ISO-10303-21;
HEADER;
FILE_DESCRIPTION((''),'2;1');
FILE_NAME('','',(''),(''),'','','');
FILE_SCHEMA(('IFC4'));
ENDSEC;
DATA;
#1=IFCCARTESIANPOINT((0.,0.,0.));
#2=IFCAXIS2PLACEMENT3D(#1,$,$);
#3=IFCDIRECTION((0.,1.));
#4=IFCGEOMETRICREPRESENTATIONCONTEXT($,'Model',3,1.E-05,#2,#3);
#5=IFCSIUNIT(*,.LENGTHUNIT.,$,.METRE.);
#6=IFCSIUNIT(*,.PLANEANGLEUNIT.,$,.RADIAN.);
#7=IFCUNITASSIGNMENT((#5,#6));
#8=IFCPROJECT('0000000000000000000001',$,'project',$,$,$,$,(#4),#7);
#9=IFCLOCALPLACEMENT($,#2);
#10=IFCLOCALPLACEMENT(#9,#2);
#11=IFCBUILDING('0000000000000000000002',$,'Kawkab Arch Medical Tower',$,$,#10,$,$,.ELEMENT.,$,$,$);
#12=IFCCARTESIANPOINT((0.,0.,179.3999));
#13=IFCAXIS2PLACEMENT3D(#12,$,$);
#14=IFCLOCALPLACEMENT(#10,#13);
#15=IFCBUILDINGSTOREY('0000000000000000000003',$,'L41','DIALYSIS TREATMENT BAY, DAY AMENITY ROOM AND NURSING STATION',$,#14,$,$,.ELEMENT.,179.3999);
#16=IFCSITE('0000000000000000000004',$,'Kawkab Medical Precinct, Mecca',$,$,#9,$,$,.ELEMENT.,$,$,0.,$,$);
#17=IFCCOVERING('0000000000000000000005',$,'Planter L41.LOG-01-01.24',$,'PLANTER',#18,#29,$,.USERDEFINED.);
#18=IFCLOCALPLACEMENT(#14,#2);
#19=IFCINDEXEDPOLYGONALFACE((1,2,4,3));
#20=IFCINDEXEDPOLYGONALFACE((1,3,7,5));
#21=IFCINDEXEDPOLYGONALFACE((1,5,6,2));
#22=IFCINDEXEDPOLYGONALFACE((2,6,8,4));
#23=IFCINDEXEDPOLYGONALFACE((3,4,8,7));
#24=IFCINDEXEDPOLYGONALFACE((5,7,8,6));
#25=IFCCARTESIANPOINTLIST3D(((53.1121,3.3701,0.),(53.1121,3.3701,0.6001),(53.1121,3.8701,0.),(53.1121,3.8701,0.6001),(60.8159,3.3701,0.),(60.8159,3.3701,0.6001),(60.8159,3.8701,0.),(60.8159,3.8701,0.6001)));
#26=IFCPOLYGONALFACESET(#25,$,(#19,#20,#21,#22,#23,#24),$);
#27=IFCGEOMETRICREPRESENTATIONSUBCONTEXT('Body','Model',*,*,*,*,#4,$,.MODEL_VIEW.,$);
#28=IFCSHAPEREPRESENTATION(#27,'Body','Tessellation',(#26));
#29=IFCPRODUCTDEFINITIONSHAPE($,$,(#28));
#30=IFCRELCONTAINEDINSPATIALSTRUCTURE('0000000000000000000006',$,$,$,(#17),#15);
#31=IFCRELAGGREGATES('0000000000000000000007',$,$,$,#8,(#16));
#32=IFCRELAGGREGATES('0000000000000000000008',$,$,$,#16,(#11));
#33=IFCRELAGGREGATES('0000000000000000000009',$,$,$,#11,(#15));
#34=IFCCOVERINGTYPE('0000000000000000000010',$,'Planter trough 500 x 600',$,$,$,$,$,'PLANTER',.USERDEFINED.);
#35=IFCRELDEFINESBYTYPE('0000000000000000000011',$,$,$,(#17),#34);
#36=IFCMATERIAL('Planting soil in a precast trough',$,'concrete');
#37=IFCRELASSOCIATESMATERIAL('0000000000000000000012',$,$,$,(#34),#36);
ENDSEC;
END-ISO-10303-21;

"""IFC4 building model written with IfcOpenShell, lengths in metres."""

from ifc_helpers import new_model, si_unit, direction, frame, origin, origin_2d, place, context, subcontext, project, spatial, rectangle, extrude, material, material_profile, profile_set, type_object, element, save


model = new_model("IFC4")

# Units and contexts
model_context = context("Model", 3, precision=1e-05, world=origin(), true_north=direction((0.0, 1.0)))
body_context = subcontext(model_context, "Body", "Model", "MODEL_VIEW")
ifc_project = project(units=[si_unit("LENGTHUNIT", "METRE"), si_unit("PLANEANGLEUNIT", "RADIAN")], contexts=[model_context])

# Site, building, storey
site_placement = place(None, origin())
site = spatial("IfcSite", under=ifc_project, at=site_placement, Name="Kawkab Medical Precinct, Mecca", CompositionType="ELEMENT", RefElevation=0.0)
building_placement = place(site_placement, origin())
building = spatial("IfcBuilding", under=site, at=building_placement, Name="Kawkab Arch Medical Tower", CompositionType="ELEMENT")
storey_placement = place(building_placement, frame((0.0, 0.0, 179.3999)))
storey = spatial("IfcBuildingStorey", under=building, at=storey_placement, Name="L41", Description="DIALYSIS TREATMENT BAY, DAY AMENITY ROOM AND NURSING STATION", CompositionType="ELEMENT", Elevation=179.3999)

# Covering
ifc_material_1 = material(Name="Planting soil in a precast trough", Category="concrete")
ifc_material_profile_1 = material_profile(ifc_material_1, rectangle(XDim=0.5, YDim=0.6001, at=origin_2d()), Name="Trough 500x600")
ifc_profile_set_1 = profile_set([ifc_material_profile_1], Name="Planting soil in a precast trough")
covering_type_1 = type_object("IfcCoveringType", Name="Planter trough 500 x 600", ElementType="PLANTER", PredefinedType="USERDEFINED", material=ifc_profile_set_1)
covering_1_placement = place(storey_placement, frame((53.1121, 3.6201, 0.3), z_axis=(1.0, 0.0, 0.0), x_axis=(0.0, 1.0, 0.0)))
element("IfcCovering", 1, at=covering_1_placement, inside=storey, type_object=covering_type_1, Name="Planter L41.LOG-01-01.24", ObjectType="PLANTER", PredefinedType="USERDEFINED", context=body_context, shape_type="SweptSolid", body=[
    extrude(rectangle(XDim=0.5, YDim=0.6001, at=origin_2d()), origin(), (0.0, 0.0, 1.0), 7.7039),
])

save(model, "model.ifc")
